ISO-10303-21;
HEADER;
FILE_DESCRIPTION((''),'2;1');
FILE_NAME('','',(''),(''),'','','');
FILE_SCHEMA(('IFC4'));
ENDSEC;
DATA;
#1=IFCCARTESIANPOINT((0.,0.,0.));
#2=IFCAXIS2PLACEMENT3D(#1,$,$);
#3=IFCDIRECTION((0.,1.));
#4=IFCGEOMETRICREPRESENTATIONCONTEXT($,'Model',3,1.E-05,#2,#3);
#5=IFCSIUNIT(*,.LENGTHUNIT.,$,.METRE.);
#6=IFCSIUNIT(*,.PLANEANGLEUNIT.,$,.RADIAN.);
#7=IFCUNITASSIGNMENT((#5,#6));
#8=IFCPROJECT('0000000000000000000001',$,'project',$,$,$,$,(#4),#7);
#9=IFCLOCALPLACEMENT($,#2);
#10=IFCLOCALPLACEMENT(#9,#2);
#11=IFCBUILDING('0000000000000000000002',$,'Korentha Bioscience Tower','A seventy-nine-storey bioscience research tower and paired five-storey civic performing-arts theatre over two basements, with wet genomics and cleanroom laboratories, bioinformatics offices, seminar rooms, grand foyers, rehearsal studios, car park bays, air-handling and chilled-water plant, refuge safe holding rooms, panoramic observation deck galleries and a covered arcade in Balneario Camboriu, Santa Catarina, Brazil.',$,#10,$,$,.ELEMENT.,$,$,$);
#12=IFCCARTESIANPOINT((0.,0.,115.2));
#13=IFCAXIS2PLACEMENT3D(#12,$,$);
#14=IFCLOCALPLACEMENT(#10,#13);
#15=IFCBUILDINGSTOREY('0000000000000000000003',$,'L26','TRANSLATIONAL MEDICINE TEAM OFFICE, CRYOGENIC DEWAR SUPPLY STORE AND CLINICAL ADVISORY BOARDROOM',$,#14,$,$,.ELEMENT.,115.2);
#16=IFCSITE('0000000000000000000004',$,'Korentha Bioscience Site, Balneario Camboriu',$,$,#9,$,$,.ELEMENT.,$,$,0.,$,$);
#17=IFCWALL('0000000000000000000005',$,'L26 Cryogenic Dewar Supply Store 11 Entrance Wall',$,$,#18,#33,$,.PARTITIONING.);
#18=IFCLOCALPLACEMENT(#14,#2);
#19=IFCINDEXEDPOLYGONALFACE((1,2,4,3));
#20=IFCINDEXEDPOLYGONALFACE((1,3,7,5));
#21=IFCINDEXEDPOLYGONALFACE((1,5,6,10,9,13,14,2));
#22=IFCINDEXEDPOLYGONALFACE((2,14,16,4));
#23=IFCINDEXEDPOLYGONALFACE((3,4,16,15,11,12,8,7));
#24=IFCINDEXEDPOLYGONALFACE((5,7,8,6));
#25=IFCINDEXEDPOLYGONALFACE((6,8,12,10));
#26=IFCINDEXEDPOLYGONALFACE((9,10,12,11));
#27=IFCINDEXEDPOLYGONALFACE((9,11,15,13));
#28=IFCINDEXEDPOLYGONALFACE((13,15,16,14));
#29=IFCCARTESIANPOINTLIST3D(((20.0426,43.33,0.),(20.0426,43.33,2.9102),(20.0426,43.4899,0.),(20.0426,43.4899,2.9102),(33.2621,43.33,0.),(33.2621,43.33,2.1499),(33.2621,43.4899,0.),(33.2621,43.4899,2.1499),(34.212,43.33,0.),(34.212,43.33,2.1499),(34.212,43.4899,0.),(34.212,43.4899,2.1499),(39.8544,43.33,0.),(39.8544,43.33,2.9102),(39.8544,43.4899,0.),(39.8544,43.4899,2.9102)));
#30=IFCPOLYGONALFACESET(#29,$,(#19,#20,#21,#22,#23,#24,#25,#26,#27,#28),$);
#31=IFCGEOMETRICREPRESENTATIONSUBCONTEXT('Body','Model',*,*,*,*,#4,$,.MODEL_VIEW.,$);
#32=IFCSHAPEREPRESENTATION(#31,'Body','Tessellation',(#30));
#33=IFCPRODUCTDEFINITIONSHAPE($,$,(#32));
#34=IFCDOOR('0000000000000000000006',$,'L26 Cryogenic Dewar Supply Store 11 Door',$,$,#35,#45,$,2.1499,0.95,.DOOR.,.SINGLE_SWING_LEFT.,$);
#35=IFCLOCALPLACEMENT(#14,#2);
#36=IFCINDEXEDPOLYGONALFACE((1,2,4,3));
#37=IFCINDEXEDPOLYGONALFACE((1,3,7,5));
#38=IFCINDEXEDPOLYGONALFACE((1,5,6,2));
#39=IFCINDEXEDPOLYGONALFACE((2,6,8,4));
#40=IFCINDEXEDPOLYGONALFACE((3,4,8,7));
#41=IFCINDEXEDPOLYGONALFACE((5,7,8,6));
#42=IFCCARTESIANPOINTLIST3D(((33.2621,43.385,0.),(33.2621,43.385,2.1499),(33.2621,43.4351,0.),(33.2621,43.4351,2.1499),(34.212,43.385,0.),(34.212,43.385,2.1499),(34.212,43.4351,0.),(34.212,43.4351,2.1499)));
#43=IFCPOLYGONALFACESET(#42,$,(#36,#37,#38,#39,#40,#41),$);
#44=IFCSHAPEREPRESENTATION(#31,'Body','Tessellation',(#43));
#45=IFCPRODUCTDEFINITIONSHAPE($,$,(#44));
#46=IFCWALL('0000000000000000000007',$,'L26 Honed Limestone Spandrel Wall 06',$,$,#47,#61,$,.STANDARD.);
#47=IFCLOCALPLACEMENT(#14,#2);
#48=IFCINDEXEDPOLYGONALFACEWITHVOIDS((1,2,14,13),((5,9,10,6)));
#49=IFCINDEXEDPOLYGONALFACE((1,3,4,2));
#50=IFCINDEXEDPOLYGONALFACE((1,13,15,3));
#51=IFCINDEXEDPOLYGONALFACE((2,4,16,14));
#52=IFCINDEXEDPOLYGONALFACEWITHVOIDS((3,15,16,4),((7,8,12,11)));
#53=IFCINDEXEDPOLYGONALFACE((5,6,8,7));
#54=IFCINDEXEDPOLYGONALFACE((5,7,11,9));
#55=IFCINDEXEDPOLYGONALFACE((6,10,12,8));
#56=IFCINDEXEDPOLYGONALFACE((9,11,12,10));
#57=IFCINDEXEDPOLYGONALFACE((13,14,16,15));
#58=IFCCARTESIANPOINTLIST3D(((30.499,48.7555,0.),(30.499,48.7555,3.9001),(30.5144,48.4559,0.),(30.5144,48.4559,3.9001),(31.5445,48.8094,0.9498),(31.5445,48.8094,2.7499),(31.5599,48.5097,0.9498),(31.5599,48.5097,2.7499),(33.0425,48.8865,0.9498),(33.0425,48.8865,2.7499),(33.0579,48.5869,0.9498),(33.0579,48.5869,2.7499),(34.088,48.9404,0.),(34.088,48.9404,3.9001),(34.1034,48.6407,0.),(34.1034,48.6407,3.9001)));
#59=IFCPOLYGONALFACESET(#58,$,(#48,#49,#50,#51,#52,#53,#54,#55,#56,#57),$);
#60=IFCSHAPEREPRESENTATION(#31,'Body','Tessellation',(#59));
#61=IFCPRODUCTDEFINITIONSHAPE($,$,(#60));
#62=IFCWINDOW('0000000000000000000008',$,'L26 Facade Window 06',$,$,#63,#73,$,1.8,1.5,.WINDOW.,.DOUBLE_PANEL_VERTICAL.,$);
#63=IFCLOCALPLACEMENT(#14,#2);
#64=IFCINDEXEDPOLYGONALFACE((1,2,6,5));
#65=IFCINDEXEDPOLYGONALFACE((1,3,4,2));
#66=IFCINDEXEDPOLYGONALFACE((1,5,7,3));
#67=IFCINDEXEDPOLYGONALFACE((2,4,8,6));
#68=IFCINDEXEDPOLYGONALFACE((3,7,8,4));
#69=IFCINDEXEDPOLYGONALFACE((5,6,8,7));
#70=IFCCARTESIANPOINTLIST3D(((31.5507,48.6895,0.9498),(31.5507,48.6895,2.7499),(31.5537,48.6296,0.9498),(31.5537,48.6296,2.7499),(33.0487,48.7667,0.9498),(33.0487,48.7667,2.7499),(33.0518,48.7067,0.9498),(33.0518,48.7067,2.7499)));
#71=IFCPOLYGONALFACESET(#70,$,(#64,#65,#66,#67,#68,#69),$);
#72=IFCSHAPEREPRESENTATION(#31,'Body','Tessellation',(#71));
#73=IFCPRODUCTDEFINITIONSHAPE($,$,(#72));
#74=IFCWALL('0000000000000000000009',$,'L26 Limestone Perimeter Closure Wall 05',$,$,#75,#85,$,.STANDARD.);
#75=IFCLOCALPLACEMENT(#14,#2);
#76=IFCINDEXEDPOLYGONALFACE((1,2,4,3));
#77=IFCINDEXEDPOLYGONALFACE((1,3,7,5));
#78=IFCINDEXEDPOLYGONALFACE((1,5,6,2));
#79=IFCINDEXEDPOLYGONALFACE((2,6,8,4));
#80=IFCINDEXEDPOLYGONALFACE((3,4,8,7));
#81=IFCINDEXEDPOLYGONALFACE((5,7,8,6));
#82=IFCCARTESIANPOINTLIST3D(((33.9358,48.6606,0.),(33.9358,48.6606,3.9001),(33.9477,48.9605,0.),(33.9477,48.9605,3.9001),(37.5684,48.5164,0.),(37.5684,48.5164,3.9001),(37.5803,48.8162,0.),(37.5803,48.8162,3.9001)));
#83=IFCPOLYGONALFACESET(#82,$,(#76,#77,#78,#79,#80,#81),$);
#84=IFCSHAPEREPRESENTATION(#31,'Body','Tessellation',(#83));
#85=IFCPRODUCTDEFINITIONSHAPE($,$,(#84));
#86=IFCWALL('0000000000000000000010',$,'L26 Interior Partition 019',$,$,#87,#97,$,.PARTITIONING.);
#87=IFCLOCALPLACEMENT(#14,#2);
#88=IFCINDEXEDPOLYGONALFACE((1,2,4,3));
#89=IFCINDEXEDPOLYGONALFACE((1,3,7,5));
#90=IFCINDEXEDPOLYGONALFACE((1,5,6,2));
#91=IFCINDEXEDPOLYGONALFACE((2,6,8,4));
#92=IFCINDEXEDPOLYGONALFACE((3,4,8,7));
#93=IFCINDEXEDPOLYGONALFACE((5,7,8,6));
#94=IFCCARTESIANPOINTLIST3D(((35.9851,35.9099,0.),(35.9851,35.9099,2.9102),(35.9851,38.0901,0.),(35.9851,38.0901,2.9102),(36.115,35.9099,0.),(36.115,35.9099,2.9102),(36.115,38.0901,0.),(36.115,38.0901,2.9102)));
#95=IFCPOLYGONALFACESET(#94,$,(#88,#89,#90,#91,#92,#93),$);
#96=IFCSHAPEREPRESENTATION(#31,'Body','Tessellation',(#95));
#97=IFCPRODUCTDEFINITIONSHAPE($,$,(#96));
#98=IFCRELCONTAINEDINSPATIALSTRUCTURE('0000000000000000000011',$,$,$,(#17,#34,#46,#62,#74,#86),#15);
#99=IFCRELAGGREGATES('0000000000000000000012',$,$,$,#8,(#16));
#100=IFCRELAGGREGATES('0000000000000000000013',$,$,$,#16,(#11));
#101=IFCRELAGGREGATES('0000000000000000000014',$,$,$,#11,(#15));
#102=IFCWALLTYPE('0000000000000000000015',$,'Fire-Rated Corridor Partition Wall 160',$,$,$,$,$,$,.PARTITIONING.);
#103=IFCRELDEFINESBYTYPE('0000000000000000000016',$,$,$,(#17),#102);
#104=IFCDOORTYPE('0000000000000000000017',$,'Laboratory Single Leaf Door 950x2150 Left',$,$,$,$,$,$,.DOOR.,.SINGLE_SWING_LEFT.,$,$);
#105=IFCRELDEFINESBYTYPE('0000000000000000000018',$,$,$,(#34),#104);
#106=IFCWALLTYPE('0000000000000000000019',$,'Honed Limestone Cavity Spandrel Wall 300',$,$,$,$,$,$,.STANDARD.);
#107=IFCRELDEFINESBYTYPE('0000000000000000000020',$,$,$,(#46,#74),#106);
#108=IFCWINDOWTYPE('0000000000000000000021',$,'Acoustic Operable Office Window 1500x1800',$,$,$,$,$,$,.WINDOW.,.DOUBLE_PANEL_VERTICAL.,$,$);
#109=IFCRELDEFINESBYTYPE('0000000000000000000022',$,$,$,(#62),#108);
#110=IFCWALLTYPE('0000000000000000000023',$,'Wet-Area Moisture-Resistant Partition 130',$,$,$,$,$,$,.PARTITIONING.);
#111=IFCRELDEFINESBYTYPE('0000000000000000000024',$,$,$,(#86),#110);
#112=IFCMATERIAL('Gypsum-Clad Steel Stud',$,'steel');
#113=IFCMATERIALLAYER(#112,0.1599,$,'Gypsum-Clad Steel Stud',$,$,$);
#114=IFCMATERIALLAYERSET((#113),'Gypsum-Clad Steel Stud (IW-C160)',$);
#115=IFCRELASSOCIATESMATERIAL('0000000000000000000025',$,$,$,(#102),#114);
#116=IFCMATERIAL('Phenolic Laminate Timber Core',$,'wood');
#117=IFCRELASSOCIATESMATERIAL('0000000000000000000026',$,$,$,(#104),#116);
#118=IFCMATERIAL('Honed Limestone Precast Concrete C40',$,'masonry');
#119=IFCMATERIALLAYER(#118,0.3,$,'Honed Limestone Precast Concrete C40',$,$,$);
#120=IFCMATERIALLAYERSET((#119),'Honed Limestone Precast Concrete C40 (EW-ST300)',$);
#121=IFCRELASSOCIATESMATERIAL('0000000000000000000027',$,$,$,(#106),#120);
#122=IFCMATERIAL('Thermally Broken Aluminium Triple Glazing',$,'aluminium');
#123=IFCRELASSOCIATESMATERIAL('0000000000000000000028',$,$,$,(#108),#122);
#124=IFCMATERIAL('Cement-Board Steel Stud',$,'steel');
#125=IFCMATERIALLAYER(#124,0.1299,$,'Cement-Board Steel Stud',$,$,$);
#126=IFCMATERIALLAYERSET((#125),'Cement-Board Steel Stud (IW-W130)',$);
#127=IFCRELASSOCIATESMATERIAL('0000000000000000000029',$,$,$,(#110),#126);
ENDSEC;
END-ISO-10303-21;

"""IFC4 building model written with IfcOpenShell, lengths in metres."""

from ifc_helpers import new_model, si_unit, direction, frame, frame_2d, origin, place, context, subcontext, project, spatial, rectangle, extrude, material, layer, layer_set, type_object, element, fill, save


model = new_model("IFC4")

# Units and contexts
model_context = context("Model", 3, precision=1e-05, world=origin(), true_north=direction((0.0, 1.0)))
body_context = subcontext(model_context, "Body", "Model", "MODEL_VIEW")
ifc_project = project(units=[si_unit("LENGTHUNIT", "METRE"), si_unit("PLANEANGLEUNIT", "RADIAN")], contexts=[model_context])

# Site, building, storey
site_placement = place(None, origin())
site = spatial("IfcSite", under=ifc_project, at=site_placement, Name="Korentha Bioscience Site, Balneario Camboriu", CompositionType="ELEMENT", RefElevation=0.0)
building_placement = place(site_placement, origin())
building = spatial("IfcBuilding", under=site, at=building_placement, Name="Korentha Bioscience Tower", Description="A seventy-nine-storey bioscience research tower and paired five-storey civic performing-arts theatre over two basements, with wet genomics and cleanroom laboratories, bioinformatics offices, seminar rooms, grand foyers, rehearsal studios, car park bays, air-handling and chilled-water plant, refuge safe holding rooms, panoramic observation deck galleries and a covered arcade in Balneario Camboriu, Santa Catarina, Brazil.", CompositionType="ELEMENT")
storey_placement = place(building_placement, frame((0.0, 0.0, 115.2)))
storey = spatial("IfcBuildingStorey", under=building, at=storey_placement, Name="L26", Description="TRANSLATIONAL MEDICINE TEAM OFFICE, CRYOGENIC DEWAR SUPPLY STORE AND CLINICAL ADVISORY BOARDROOM", CompositionType="ELEMENT", Elevation=115.2)

# Shared definitions
ifc_material_1 = material(Name="Phenolic Laminate Timber Core", Category="wood")

# Wall, opening, door
ifc_material_2 = material(Name="Gypsum-Clad Steel Stud", Category="steel")
ifc_layer_1 = layer(ifc_material_2, 0.1599, Name="Gypsum-Clad Steel Stud")
ifc_layer_set_1 = layer_set([ifc_layer_1], Name="Gypsum-Clad Steel Stud (IW-C160)")
wall_type_1 = type_object("IfcWallType", Name="Fire-Rated Corridor Partition Wall 160", PredefinedType="PARTITIONING", material=ifc_layer_set_1)
wall_1_placement = place(storey_placement, frame((39.8542, 43.4099, 0.0), z_axis=(0.0, 0.0, 1.0), x_axis=(-1.0, 0.0, 0.0)))
wall_1 = element("IfcWall", 1, at=wall_1_placement, inside=storey, type_object=wall_type_1, Name="L26 Cryogenic Dewar Supply Store 11 Entrance Wall", PredefinedType="PARTITIONING", context=body_context, shape_type="SweptSolid", body=[
    extrude(rectangle(XDim=19.8118, YDim=0.1599, at=frame_2d((9.9058, 0.0))), origin(), (0.0, 0.0, 1.0), 2.9102),
])
opening_1_placement = place(wall_1_placement, frame((5.6421, 0.0, 0.0)))
opening_1 = element("IfcOpeningElement", 2, at=opening_1_placement, cuts=wall_1, PredefinedType="OPENING", context=body_context, shape_type="SweptSolid", body=[
    extrude(rectangle(XDim=0.95, YDim=2.1499, at=frame_2d((0.4751, 1.075))), frame((0.0, 0.0947, 0.0), z_axis=(0.0, -1.0, 0.0), x_axis=(1.0, 0.0, 0.0)), (0.0, 0.0, 1.0), 0.1897),
])
door_type_1 = type_object("IfcDoorType", Name="Laboratory Single Leaf Door 950x2150 Left", OperationType="SINGLE_SWING_LEFT", PredefinedType="DOOR", material=ifc_material_1)
door_1_placement = place(opening_1_placement, origin())
door_1 = element("IfcDoor", 3, at=door_1_placement, inside=storey, type_object=door_type_1, Name="L26 Cryogenic Dewar Supply Store 11 Door", OperationType="SINGLE_SWING_LEFT", OverallHeight=2.1499, OverallWidth=0.95, PredefinedType="DOOR", context=body_context, shape_type="SweptSolid", body=[
    extrude(rectangle(XDim=0.95, YDim=2.1499, at=frame_2d((0.4751, 1.075))), frame((0.0, 0.0249, 0.0), z_axis=(0.0, -1.0, 0.0), x_axis=(1.0, 0.0, 0.0)), (0.0, 0.0, 1.0), 0.05),
])
fill(opening_1, door_1)

# Wall, opening, window
ifc_material_3 = material(Name="Honed Limestone Precast Concrete C40", Category="masonry")
ifc_layer_2 = layer(ifc_material_3, 0.3, Name="Honed Limestone Precast Concrete C40")
ifc_layer_set_2 = layer_set([ifc_layer_2], Name="Honed Limestone Precast Concrete C40 (EW-ST300)")
wall_type_2 = type_object("IfcWallType", Name="Honed Limestone Cavity Spandrel Wall 300", PredefinedType="STANDARD", material=ifc_layer_set_2)
wall_2_placement = place(storey_placement, frame((34.0957, 48.7905, 0.0), z_axis=(0.0, 0.0, 1.0), x_axis=(-0.998677, -0.051425, 0.0)))
wall_2 = element("IfcWall", 4, at=wall_2_placement, inside=storey, type_object=wall_type_2, Name="L26 Honed Limestone Spandrel Wall 06", PredefinedType="STANDARD", context=body_context, shape_type="SweptSolid", body=[
    extrude(rectangle(XDim=3.5938, YDim=0.3, at=frame_2d((1.7969, 0.0))), origin(), (0.0, 0.0, 1.0), 3.9001),
])
opening_2_placement = place(wall_2_placement, frame((1.0469, 0.0, 0.95)))
opening_2 = element("IfcOpeningElement", 5, at=opening_2_placement, cuts=wall_2, PredefinedType="OPENING", context=body_context, shape_type="SweptSolid", body=[
    extrude(rectangle(XDim=1.5, YDim=1.8, at=frame_2d((0.75, 0.8999))), frame((0.0, 0.165, 0.0), z_axis=(0.0, -1.0, 0.0), x_axis=(1.0, 0.0, 0.0)), (0.0, 0.0, 1.0), 0.3298),
])
ifc_material_4 = material(Name="Thermally Broken Aluminium Triple Glazing", Category="aluminium")
window_type = type_object("IfcWindowType", Name="Acoustic Operable Office Window 1500x1800", PartitioningType="DOUBLE_PANEL_VERTICAL", PredefinedType="WINDOW", material=ifc_material_4)
window_placement = place(opening_2_placement, origin())
window = element("IfcWindow", 6, at=window_placement, inside=storey, type_object=window_type, Name="L26 Facade Window 06", OverallHeight=1.8, OverallWidth=1.5, PartitioningType="DOUBLE_PANEL_VERTICAL", PredefinedType="WINDOW", context=body_context, shape_type="SweptSolid", body=[
    extrude(rectangle(XDim=1.5, YDim=1.8, at=frame_2d((0.75, 0.8999))), frame((0.0, 0.03, 0.0), z_axis=(0.0, -1.0, 0.0), x_axis=(1.0, 0.0, 0.0)), (0.0, 0.0, 1.0), 0.0601),
])
fill(opening_2, window)

# Wall
wall_3_placement = place(storey_placement, frame((37.5745, 48.6663, 0.0), z_axis=(0.0, 0.0, 1.0), x_axis=(-0.999212, 0.039689, 0.0)))
element("IfcWall", 7, at=wall_3_placement, inside=storey, type_object=wall_type_2, Name="L26 Limestone Perimeter Closure Wall 05", PredefinedType="STANDARD", context=body_context, shape_type="SweptSolid", body=[
    extrude(rectangle(XDim=3.6355, YDim=0.3, at=frame_2d((1.8179, 0.0))), origin(), (0.0, 0.0, 1.0), 3.9001),
])

# Shared definitions
ifc_material_5 = material(Name="Cement-Board Steel Stud", Category="steel")
ifc_layer_3 = layer(ifc_material_5, 0.1299, Name="Cement-Board Steel Stud")
ifc_layer_set_3 = layer_set([ifc_layer_3], Name="Cement-Board Steel Stud (IW-W130)")
wall_type_3 = type_object("IfcWallType", Name="Wet-Area Moisture-Resistant Partition 130", PredefinedType="PARTITIONING", material=ifc_layer_set_3)

# Wall
wall_4_placement = place(storey_placement, frame((36.05, 38.0901, 0.0), z_axis=(0.0, 0.0, 1.0), x_axis=(0.0, -1.0, 0.0)))
element("IfcWall", 8, at=wall_4_placement, inside=storey, type_object=wall_type_3, Name="L26 Interior Partition 019", PredefinedType="PARTITIONING", context=body_context, shape_type="SweptSolid", body=[
    extrude(rectangle(XDim=2.1802, YDim=0.1299, at=frame_2d((1.0901, 0.0))), origin(), (0.0, 0.0, 1.0), 2.9102),
])

save(model, "model.ifc")
